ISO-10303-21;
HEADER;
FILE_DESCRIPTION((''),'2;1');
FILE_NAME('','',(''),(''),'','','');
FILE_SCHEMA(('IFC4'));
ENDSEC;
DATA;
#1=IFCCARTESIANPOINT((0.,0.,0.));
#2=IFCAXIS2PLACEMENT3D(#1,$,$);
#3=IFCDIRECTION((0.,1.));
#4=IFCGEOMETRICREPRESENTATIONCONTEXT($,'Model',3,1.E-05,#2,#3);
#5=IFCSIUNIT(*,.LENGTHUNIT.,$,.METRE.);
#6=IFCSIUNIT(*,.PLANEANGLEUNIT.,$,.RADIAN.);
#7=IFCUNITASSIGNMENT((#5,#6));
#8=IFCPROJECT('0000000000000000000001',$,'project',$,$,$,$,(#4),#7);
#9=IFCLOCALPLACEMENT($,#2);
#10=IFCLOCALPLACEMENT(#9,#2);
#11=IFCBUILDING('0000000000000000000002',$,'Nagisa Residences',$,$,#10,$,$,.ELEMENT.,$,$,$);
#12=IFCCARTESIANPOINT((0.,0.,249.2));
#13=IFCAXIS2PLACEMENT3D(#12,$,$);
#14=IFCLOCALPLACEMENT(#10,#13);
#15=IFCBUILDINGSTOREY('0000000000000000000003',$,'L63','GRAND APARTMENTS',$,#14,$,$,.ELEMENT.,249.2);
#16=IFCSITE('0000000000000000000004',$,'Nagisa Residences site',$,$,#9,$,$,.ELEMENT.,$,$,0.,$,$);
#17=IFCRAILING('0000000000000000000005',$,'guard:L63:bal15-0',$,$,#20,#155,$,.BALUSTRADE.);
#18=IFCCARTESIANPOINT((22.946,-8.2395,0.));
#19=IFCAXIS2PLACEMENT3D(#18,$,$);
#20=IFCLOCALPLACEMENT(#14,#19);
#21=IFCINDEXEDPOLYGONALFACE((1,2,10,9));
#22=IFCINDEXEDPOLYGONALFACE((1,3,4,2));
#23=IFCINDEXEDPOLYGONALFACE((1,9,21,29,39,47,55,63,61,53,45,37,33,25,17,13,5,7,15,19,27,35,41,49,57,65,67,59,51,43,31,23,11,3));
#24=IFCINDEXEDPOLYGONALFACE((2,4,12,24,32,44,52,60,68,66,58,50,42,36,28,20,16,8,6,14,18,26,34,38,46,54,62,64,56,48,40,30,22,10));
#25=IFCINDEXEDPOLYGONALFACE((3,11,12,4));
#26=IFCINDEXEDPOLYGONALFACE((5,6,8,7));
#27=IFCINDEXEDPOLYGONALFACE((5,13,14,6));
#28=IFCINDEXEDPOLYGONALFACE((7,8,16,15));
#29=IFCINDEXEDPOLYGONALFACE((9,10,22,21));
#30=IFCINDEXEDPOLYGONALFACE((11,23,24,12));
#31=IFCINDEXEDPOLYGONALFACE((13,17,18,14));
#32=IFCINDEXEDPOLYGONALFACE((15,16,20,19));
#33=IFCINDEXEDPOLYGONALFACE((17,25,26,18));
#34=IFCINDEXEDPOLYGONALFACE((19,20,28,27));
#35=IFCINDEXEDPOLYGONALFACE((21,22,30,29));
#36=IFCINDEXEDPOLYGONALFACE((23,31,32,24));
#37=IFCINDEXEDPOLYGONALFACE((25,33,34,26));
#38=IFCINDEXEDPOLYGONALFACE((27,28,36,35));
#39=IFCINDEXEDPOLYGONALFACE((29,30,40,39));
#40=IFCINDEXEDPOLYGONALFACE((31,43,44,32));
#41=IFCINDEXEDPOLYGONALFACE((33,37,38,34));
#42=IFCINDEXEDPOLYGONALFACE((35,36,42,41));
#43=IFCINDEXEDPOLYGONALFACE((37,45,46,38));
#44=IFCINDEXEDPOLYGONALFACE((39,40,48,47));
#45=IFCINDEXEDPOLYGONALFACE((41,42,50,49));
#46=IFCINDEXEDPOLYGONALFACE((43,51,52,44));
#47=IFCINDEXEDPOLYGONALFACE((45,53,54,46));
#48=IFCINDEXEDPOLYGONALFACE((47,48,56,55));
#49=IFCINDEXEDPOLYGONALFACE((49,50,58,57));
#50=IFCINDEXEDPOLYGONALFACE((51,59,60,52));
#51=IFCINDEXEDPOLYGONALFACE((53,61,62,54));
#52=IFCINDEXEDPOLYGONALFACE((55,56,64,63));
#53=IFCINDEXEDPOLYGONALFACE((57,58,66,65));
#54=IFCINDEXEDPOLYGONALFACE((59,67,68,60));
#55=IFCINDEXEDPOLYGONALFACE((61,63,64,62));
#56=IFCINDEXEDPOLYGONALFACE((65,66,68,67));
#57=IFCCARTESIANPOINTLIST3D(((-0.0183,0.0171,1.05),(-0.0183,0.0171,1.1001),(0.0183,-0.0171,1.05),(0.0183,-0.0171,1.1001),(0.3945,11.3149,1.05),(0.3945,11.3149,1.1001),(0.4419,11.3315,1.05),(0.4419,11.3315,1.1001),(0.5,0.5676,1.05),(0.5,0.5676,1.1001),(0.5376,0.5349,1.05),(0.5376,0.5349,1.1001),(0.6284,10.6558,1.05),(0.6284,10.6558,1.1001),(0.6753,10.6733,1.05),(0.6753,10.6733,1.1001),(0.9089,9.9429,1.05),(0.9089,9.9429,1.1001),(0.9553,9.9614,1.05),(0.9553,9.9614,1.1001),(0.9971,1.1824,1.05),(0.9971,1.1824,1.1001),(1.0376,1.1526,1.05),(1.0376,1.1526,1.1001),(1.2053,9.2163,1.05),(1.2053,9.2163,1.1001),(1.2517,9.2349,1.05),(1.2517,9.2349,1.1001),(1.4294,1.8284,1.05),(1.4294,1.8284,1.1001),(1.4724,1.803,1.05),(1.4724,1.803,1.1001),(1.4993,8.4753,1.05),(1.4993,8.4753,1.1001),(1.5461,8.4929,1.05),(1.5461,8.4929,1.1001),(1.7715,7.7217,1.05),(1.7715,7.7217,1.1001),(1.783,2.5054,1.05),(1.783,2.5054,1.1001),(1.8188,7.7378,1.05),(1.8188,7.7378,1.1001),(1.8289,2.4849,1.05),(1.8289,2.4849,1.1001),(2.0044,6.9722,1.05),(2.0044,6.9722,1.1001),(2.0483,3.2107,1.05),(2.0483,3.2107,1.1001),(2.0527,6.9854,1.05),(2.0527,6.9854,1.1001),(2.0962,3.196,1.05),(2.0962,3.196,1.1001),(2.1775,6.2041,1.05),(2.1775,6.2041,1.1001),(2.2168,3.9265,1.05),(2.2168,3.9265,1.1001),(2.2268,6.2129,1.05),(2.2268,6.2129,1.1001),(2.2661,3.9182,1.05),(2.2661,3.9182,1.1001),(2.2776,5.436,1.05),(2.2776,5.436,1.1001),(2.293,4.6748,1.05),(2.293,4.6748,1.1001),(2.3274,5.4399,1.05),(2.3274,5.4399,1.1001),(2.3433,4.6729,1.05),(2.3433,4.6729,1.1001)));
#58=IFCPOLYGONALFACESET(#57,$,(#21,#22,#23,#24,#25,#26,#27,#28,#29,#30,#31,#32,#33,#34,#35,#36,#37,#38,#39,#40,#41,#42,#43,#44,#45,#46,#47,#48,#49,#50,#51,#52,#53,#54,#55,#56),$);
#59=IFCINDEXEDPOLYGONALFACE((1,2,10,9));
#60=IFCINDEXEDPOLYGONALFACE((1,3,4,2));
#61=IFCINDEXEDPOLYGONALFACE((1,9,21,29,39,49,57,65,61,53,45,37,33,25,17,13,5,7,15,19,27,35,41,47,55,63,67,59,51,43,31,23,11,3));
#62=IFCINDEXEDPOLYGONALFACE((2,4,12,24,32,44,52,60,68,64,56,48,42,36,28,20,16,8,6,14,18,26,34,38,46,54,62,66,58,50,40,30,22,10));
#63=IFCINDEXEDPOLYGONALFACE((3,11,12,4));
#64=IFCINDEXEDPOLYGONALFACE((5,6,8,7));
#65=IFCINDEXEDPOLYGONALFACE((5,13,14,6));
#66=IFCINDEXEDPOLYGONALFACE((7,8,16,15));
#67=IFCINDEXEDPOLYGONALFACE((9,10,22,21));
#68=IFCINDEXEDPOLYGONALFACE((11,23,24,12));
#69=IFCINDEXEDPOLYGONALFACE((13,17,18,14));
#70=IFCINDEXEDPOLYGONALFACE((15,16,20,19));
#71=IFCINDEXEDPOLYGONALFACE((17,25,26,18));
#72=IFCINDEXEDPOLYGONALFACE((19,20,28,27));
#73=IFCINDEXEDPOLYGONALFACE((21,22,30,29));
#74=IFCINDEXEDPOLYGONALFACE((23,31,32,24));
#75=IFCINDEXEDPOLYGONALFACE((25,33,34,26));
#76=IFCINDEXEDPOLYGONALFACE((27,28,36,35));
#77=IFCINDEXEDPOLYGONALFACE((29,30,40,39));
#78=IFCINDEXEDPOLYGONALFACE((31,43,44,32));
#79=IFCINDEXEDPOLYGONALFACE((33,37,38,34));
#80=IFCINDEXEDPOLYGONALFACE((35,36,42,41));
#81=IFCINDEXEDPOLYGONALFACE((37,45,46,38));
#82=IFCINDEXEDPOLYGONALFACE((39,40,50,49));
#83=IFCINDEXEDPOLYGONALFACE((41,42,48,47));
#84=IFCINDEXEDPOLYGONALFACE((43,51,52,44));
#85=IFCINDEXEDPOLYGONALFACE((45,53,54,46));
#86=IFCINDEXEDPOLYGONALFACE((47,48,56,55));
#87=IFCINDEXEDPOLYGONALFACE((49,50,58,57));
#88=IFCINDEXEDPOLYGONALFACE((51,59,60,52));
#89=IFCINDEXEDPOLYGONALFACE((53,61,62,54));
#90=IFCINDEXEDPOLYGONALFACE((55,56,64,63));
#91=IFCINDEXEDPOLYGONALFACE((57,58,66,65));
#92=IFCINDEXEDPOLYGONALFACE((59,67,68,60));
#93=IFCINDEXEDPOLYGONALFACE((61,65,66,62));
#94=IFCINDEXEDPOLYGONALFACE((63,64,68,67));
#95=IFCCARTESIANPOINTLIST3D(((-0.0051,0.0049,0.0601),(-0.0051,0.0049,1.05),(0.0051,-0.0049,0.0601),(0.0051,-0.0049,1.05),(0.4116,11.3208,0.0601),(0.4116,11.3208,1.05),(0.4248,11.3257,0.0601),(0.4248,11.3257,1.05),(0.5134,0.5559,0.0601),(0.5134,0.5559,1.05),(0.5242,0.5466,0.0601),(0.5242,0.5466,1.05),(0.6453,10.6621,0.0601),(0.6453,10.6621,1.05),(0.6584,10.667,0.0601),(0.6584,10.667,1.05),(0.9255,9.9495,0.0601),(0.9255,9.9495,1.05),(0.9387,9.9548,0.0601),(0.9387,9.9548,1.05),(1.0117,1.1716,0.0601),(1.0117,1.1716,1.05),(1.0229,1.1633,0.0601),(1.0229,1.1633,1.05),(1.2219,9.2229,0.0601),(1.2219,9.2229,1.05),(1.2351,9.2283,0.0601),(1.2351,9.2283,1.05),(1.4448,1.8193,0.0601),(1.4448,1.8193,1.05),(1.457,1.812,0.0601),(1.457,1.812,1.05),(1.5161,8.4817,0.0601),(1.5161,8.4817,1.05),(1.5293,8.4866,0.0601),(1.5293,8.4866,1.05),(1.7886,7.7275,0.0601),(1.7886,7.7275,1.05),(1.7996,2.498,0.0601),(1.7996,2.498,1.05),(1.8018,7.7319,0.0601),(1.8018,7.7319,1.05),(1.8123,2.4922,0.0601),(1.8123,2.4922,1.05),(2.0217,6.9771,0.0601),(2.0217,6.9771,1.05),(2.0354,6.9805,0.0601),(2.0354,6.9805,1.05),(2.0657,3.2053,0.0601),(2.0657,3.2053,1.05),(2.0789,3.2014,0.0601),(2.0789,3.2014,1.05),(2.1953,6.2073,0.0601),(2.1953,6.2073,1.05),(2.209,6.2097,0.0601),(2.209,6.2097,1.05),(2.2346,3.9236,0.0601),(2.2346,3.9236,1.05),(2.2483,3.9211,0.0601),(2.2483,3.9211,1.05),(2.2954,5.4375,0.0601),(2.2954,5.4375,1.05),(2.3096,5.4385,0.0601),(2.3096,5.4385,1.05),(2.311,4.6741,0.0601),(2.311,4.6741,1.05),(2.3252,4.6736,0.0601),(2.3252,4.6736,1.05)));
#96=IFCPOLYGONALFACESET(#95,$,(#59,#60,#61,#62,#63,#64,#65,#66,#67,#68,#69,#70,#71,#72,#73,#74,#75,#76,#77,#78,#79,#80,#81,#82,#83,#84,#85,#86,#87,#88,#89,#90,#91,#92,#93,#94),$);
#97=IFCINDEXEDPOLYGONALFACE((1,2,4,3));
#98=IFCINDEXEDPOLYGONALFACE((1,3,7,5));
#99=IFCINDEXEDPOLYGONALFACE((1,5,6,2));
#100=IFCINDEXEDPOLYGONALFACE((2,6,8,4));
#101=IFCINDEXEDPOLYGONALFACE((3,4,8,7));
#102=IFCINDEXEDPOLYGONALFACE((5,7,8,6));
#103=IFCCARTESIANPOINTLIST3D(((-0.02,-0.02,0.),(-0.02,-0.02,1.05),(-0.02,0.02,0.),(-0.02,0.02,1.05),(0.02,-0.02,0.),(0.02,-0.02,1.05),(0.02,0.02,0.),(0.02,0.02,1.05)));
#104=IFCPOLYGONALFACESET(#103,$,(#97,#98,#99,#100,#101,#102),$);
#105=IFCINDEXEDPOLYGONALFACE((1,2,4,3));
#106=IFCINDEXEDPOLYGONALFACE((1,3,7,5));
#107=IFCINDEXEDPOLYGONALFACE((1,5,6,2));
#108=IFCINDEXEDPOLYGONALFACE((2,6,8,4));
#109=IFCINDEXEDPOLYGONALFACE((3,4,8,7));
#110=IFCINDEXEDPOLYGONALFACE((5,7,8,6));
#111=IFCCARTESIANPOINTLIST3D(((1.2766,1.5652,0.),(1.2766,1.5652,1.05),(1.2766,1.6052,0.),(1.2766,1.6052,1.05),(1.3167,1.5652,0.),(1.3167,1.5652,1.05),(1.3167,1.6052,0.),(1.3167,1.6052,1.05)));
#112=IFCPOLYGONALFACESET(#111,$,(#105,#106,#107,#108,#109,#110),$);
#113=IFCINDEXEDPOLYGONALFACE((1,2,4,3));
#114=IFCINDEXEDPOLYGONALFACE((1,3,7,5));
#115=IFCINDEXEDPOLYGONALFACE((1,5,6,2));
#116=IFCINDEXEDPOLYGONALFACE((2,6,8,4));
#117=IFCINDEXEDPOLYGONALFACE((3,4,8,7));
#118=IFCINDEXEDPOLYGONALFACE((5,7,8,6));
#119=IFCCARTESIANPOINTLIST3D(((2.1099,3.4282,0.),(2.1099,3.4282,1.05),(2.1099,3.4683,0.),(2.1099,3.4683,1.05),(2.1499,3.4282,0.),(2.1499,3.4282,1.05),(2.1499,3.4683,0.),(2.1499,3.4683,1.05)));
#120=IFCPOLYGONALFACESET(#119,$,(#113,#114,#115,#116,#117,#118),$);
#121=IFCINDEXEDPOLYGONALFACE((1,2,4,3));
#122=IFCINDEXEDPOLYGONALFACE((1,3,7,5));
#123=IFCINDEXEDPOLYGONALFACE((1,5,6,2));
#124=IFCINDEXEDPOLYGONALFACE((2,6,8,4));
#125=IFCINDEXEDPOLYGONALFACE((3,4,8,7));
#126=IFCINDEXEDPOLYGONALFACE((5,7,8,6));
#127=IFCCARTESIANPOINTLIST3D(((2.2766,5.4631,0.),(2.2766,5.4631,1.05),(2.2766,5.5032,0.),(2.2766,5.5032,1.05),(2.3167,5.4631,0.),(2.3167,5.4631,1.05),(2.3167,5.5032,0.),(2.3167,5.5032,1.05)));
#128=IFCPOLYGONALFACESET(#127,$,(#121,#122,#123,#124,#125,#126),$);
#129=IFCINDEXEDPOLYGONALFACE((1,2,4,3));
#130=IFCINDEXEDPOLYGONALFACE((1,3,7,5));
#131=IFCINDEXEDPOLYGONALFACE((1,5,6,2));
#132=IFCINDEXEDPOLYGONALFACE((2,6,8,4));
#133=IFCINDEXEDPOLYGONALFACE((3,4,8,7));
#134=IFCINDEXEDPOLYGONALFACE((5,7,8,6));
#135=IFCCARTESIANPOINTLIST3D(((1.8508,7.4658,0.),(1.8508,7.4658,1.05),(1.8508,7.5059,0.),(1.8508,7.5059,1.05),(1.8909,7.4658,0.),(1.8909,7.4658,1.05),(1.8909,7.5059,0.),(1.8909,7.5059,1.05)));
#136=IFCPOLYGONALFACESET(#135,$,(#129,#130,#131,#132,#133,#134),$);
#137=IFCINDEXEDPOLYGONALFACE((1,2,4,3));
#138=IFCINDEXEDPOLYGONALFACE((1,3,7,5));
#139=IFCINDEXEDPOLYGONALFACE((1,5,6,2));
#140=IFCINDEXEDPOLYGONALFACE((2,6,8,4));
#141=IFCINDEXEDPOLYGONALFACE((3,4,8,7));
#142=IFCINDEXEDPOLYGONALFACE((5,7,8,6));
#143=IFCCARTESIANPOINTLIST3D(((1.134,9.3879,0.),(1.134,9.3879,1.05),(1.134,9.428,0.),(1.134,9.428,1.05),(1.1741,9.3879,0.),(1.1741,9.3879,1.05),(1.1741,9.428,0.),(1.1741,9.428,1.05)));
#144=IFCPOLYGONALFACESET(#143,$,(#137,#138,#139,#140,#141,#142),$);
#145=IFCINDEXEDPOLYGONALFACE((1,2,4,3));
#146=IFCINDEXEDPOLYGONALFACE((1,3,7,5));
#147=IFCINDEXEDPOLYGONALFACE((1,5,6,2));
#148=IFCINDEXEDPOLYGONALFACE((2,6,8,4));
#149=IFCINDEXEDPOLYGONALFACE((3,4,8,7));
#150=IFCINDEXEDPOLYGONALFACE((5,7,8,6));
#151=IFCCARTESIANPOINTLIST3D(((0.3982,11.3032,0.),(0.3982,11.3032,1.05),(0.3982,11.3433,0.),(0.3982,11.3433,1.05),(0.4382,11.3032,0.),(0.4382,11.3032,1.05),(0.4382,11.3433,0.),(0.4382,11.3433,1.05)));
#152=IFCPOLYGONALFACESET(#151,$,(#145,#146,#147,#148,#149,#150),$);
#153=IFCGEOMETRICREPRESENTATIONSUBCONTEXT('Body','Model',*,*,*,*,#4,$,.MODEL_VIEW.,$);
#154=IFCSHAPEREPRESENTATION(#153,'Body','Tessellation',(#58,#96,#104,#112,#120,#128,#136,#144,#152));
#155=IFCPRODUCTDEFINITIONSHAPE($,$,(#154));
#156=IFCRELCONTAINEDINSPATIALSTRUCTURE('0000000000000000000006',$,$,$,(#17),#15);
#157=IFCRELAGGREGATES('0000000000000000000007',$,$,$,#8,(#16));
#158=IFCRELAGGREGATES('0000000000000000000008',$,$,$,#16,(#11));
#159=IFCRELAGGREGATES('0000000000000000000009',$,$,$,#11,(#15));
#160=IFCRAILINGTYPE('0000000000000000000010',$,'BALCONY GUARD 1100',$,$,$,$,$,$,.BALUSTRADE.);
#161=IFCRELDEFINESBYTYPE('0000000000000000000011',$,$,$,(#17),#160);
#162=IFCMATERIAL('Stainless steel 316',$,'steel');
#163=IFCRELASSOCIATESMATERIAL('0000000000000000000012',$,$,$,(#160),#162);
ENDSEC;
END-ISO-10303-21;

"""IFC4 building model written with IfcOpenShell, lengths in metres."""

from ifc_helpers import new_model, si_unit, direction, frame, origin, origin_2d, place, context, subcontext, project, spatial, polyline, rectangle, outline, extrude, material, type_object, element, save


model = new_model("IFC4")

# Units and contexts
model_context = context("Model", 3, precision=1e-05, world=origin(), true_north=direction((0.0, 1.0)))
body_context = subcontext(model_context, "Body", "Model", "MODEL_VIEW")
ifc_project = project(units=[si_unit("LENGTHUNIT", "METRE"), si_unit("PLANEANGLEUNIT", "RADIAN")], contexts=[model_context])

# Site, building, storey
site_placement = place(None, origin())
site = spatial("IfcSite", under=ifc_project, at=site_placement, Name="Nagisa Residences site", CompositionType="ELEMENT", RefElevation=0.0)
building_placement = place(site_placement, origin())
building = spatial("IfcBuilding", under=site, at=building_placement, Name="Nagisa Residences", CompositionType="ELEMENT")
storey_placement = place(building_placement, frame((0.0, 0.0, 249.2)))
storey = spatial("IfcBuildingStorey", under=building, at=storey_placement, Name="L63", Description="GRAND APARTMENTS", CompositionType="ELEMENT", Elevation=249.2)

# Railing
ifc_material_1 = material(Name="Stainless steel 316", Category="steel")
railing_type_1 = type_object("IfcRailingType", Name="BALCONY GUARD 1100", PredefinedType="BALUSTRADE", material=ifc_material_1)
railing_1_placement = place(storey_placement, frame((22.946, -8.2395, 0.0)))
element("IfcRailing", 1, at=railing_1_placement, inside=storey, type_object=railing_type_1, Name="guard:L63:bal15-0", PredefinedType="BALUSTRADE", context=body_context, shape_type="SweptSolid", body=[
    extrude(outline(polyline([(0.5, 0.5676), (-0.0183, 0.0171), (0.0183, -0.0171), (0.5376, 0.5349), (1.0376, 1.1526), (1.4724, 1.803), (1.8289, 2.4849), (2.0962, 3.196), (2.2661, 3.9182), (2.3433, 4.6729), (2.3274, 5.4399), (2.2268, 6.2129), (2.0527, 6.9854), (1.8188, 7.7378), (1.5461, 8.4929), (1.2517, 9.2349), (0.9553, 9.9614), (0.6753, 10.6733), (0.4419, 11.3315), (0.3945, 11.3149), (0.6284, 10.6558), (0.9089, 9.9429), (1.2053, 9.2163), (1.4993, 8.4753), (1.7715, 7.7217), (2.0044, 6.9722), (2.1775, 6.2041), (2.2776, 5.436), (2.293, 4.6748), (2.2168, 3.9265), (2.0483, 3.2107), (1.783, 2.5054), (1.4294, 1.8284), (0.9971, 1.1824), (0.5, 0.5676)])), frame((0.0, 0.0, 1.05)), (0.0, 0.0, 1.0), 0.05),
    extrude(outline(polyline([(0.5134, 0.5559), (-0.0051, 0.0049), (0.0051, -0.0049), (0.5242, 0.5466), (1.0229, 1.1633), (1.457, 1.812), (1.8123, 2.4922), (2.0789, 3.2014), (2.2483, 3.9211), (2.3252, 4.6736), (2.3096, 5.4385), (2.209, 6.2097), (2.0354, 6.9805), (1.8018, 7.7319), (1.5293, 8.4866), (1.2351, 9.2283), (0.9387, 9.9548), (0.6584, 10.667), (0.4248, 11.3257), (0.4116, 11.3208), (0.6453, 10.6621), (0.9255, 9.9495), (1.2219, 9.2229), (1.5161, 8.4817), (1.7886, 7.7275), (2.0217, 6.9771), (2.1953, 6.2073), (2.2954, 5.4375), (2.311, 4.6741), (2.2346, 3.9236), (2.0657, 3.2053), (1.7996, 2.498), (1.4448, 1.8193), (1.0117, 1.1716), (0.5134, 0.5559)])), frame((0.0, 0.0, 0.0601)), (0.0, 0.0, 1.0), 0.99),
    extrude(rectangle(XDim=0.04, YDim=0.04, at=origin_2d()), origin(), (0.0, 0.0, 1.0), 1.05),
    extrude(rectangle(XDim=0.04, YDim=0.04, at=origin_2d()), frame((1.2966, 1.5852, 0.0)), (0.0, 0.0, 1.0), 1.05),
    extrude(rectangle(XDim=0.04, YDim=0.04, at=origin_2d()), frame((2.1299, 3.4482, 0.0)), (0.0, 0.0, 1.0), 1.05),
    extrude(rectangle(XDim=0.04, YDim=0.04, at=origin_2d()), frame((2.2966, 5.4832, 0.0)), (0.0, 0.0, 1.0), 1.05),
    extrude(rectangle(XDim=0.04, YDim=0.04, at=origin_2d()), frame((1.8708, 7.4858, 0.0)), (0.0, 0.0, 1.0), 1.05),
    extrude(rectangle(XDim=0.04, YDim=0.04, at=origin_2d()), frame((1.1541, 9.408, 0.0)), (0.0, 0.0, 1.0), 1.05),
    extrude(rectangle(XDim=0.04, YDim=0.04, at=origin_2d()), frame((0.4182, 11.3232, 0.0)), (0.0, 0.0, 1.0), 1.05),
])

save(model, "model.ifc")
